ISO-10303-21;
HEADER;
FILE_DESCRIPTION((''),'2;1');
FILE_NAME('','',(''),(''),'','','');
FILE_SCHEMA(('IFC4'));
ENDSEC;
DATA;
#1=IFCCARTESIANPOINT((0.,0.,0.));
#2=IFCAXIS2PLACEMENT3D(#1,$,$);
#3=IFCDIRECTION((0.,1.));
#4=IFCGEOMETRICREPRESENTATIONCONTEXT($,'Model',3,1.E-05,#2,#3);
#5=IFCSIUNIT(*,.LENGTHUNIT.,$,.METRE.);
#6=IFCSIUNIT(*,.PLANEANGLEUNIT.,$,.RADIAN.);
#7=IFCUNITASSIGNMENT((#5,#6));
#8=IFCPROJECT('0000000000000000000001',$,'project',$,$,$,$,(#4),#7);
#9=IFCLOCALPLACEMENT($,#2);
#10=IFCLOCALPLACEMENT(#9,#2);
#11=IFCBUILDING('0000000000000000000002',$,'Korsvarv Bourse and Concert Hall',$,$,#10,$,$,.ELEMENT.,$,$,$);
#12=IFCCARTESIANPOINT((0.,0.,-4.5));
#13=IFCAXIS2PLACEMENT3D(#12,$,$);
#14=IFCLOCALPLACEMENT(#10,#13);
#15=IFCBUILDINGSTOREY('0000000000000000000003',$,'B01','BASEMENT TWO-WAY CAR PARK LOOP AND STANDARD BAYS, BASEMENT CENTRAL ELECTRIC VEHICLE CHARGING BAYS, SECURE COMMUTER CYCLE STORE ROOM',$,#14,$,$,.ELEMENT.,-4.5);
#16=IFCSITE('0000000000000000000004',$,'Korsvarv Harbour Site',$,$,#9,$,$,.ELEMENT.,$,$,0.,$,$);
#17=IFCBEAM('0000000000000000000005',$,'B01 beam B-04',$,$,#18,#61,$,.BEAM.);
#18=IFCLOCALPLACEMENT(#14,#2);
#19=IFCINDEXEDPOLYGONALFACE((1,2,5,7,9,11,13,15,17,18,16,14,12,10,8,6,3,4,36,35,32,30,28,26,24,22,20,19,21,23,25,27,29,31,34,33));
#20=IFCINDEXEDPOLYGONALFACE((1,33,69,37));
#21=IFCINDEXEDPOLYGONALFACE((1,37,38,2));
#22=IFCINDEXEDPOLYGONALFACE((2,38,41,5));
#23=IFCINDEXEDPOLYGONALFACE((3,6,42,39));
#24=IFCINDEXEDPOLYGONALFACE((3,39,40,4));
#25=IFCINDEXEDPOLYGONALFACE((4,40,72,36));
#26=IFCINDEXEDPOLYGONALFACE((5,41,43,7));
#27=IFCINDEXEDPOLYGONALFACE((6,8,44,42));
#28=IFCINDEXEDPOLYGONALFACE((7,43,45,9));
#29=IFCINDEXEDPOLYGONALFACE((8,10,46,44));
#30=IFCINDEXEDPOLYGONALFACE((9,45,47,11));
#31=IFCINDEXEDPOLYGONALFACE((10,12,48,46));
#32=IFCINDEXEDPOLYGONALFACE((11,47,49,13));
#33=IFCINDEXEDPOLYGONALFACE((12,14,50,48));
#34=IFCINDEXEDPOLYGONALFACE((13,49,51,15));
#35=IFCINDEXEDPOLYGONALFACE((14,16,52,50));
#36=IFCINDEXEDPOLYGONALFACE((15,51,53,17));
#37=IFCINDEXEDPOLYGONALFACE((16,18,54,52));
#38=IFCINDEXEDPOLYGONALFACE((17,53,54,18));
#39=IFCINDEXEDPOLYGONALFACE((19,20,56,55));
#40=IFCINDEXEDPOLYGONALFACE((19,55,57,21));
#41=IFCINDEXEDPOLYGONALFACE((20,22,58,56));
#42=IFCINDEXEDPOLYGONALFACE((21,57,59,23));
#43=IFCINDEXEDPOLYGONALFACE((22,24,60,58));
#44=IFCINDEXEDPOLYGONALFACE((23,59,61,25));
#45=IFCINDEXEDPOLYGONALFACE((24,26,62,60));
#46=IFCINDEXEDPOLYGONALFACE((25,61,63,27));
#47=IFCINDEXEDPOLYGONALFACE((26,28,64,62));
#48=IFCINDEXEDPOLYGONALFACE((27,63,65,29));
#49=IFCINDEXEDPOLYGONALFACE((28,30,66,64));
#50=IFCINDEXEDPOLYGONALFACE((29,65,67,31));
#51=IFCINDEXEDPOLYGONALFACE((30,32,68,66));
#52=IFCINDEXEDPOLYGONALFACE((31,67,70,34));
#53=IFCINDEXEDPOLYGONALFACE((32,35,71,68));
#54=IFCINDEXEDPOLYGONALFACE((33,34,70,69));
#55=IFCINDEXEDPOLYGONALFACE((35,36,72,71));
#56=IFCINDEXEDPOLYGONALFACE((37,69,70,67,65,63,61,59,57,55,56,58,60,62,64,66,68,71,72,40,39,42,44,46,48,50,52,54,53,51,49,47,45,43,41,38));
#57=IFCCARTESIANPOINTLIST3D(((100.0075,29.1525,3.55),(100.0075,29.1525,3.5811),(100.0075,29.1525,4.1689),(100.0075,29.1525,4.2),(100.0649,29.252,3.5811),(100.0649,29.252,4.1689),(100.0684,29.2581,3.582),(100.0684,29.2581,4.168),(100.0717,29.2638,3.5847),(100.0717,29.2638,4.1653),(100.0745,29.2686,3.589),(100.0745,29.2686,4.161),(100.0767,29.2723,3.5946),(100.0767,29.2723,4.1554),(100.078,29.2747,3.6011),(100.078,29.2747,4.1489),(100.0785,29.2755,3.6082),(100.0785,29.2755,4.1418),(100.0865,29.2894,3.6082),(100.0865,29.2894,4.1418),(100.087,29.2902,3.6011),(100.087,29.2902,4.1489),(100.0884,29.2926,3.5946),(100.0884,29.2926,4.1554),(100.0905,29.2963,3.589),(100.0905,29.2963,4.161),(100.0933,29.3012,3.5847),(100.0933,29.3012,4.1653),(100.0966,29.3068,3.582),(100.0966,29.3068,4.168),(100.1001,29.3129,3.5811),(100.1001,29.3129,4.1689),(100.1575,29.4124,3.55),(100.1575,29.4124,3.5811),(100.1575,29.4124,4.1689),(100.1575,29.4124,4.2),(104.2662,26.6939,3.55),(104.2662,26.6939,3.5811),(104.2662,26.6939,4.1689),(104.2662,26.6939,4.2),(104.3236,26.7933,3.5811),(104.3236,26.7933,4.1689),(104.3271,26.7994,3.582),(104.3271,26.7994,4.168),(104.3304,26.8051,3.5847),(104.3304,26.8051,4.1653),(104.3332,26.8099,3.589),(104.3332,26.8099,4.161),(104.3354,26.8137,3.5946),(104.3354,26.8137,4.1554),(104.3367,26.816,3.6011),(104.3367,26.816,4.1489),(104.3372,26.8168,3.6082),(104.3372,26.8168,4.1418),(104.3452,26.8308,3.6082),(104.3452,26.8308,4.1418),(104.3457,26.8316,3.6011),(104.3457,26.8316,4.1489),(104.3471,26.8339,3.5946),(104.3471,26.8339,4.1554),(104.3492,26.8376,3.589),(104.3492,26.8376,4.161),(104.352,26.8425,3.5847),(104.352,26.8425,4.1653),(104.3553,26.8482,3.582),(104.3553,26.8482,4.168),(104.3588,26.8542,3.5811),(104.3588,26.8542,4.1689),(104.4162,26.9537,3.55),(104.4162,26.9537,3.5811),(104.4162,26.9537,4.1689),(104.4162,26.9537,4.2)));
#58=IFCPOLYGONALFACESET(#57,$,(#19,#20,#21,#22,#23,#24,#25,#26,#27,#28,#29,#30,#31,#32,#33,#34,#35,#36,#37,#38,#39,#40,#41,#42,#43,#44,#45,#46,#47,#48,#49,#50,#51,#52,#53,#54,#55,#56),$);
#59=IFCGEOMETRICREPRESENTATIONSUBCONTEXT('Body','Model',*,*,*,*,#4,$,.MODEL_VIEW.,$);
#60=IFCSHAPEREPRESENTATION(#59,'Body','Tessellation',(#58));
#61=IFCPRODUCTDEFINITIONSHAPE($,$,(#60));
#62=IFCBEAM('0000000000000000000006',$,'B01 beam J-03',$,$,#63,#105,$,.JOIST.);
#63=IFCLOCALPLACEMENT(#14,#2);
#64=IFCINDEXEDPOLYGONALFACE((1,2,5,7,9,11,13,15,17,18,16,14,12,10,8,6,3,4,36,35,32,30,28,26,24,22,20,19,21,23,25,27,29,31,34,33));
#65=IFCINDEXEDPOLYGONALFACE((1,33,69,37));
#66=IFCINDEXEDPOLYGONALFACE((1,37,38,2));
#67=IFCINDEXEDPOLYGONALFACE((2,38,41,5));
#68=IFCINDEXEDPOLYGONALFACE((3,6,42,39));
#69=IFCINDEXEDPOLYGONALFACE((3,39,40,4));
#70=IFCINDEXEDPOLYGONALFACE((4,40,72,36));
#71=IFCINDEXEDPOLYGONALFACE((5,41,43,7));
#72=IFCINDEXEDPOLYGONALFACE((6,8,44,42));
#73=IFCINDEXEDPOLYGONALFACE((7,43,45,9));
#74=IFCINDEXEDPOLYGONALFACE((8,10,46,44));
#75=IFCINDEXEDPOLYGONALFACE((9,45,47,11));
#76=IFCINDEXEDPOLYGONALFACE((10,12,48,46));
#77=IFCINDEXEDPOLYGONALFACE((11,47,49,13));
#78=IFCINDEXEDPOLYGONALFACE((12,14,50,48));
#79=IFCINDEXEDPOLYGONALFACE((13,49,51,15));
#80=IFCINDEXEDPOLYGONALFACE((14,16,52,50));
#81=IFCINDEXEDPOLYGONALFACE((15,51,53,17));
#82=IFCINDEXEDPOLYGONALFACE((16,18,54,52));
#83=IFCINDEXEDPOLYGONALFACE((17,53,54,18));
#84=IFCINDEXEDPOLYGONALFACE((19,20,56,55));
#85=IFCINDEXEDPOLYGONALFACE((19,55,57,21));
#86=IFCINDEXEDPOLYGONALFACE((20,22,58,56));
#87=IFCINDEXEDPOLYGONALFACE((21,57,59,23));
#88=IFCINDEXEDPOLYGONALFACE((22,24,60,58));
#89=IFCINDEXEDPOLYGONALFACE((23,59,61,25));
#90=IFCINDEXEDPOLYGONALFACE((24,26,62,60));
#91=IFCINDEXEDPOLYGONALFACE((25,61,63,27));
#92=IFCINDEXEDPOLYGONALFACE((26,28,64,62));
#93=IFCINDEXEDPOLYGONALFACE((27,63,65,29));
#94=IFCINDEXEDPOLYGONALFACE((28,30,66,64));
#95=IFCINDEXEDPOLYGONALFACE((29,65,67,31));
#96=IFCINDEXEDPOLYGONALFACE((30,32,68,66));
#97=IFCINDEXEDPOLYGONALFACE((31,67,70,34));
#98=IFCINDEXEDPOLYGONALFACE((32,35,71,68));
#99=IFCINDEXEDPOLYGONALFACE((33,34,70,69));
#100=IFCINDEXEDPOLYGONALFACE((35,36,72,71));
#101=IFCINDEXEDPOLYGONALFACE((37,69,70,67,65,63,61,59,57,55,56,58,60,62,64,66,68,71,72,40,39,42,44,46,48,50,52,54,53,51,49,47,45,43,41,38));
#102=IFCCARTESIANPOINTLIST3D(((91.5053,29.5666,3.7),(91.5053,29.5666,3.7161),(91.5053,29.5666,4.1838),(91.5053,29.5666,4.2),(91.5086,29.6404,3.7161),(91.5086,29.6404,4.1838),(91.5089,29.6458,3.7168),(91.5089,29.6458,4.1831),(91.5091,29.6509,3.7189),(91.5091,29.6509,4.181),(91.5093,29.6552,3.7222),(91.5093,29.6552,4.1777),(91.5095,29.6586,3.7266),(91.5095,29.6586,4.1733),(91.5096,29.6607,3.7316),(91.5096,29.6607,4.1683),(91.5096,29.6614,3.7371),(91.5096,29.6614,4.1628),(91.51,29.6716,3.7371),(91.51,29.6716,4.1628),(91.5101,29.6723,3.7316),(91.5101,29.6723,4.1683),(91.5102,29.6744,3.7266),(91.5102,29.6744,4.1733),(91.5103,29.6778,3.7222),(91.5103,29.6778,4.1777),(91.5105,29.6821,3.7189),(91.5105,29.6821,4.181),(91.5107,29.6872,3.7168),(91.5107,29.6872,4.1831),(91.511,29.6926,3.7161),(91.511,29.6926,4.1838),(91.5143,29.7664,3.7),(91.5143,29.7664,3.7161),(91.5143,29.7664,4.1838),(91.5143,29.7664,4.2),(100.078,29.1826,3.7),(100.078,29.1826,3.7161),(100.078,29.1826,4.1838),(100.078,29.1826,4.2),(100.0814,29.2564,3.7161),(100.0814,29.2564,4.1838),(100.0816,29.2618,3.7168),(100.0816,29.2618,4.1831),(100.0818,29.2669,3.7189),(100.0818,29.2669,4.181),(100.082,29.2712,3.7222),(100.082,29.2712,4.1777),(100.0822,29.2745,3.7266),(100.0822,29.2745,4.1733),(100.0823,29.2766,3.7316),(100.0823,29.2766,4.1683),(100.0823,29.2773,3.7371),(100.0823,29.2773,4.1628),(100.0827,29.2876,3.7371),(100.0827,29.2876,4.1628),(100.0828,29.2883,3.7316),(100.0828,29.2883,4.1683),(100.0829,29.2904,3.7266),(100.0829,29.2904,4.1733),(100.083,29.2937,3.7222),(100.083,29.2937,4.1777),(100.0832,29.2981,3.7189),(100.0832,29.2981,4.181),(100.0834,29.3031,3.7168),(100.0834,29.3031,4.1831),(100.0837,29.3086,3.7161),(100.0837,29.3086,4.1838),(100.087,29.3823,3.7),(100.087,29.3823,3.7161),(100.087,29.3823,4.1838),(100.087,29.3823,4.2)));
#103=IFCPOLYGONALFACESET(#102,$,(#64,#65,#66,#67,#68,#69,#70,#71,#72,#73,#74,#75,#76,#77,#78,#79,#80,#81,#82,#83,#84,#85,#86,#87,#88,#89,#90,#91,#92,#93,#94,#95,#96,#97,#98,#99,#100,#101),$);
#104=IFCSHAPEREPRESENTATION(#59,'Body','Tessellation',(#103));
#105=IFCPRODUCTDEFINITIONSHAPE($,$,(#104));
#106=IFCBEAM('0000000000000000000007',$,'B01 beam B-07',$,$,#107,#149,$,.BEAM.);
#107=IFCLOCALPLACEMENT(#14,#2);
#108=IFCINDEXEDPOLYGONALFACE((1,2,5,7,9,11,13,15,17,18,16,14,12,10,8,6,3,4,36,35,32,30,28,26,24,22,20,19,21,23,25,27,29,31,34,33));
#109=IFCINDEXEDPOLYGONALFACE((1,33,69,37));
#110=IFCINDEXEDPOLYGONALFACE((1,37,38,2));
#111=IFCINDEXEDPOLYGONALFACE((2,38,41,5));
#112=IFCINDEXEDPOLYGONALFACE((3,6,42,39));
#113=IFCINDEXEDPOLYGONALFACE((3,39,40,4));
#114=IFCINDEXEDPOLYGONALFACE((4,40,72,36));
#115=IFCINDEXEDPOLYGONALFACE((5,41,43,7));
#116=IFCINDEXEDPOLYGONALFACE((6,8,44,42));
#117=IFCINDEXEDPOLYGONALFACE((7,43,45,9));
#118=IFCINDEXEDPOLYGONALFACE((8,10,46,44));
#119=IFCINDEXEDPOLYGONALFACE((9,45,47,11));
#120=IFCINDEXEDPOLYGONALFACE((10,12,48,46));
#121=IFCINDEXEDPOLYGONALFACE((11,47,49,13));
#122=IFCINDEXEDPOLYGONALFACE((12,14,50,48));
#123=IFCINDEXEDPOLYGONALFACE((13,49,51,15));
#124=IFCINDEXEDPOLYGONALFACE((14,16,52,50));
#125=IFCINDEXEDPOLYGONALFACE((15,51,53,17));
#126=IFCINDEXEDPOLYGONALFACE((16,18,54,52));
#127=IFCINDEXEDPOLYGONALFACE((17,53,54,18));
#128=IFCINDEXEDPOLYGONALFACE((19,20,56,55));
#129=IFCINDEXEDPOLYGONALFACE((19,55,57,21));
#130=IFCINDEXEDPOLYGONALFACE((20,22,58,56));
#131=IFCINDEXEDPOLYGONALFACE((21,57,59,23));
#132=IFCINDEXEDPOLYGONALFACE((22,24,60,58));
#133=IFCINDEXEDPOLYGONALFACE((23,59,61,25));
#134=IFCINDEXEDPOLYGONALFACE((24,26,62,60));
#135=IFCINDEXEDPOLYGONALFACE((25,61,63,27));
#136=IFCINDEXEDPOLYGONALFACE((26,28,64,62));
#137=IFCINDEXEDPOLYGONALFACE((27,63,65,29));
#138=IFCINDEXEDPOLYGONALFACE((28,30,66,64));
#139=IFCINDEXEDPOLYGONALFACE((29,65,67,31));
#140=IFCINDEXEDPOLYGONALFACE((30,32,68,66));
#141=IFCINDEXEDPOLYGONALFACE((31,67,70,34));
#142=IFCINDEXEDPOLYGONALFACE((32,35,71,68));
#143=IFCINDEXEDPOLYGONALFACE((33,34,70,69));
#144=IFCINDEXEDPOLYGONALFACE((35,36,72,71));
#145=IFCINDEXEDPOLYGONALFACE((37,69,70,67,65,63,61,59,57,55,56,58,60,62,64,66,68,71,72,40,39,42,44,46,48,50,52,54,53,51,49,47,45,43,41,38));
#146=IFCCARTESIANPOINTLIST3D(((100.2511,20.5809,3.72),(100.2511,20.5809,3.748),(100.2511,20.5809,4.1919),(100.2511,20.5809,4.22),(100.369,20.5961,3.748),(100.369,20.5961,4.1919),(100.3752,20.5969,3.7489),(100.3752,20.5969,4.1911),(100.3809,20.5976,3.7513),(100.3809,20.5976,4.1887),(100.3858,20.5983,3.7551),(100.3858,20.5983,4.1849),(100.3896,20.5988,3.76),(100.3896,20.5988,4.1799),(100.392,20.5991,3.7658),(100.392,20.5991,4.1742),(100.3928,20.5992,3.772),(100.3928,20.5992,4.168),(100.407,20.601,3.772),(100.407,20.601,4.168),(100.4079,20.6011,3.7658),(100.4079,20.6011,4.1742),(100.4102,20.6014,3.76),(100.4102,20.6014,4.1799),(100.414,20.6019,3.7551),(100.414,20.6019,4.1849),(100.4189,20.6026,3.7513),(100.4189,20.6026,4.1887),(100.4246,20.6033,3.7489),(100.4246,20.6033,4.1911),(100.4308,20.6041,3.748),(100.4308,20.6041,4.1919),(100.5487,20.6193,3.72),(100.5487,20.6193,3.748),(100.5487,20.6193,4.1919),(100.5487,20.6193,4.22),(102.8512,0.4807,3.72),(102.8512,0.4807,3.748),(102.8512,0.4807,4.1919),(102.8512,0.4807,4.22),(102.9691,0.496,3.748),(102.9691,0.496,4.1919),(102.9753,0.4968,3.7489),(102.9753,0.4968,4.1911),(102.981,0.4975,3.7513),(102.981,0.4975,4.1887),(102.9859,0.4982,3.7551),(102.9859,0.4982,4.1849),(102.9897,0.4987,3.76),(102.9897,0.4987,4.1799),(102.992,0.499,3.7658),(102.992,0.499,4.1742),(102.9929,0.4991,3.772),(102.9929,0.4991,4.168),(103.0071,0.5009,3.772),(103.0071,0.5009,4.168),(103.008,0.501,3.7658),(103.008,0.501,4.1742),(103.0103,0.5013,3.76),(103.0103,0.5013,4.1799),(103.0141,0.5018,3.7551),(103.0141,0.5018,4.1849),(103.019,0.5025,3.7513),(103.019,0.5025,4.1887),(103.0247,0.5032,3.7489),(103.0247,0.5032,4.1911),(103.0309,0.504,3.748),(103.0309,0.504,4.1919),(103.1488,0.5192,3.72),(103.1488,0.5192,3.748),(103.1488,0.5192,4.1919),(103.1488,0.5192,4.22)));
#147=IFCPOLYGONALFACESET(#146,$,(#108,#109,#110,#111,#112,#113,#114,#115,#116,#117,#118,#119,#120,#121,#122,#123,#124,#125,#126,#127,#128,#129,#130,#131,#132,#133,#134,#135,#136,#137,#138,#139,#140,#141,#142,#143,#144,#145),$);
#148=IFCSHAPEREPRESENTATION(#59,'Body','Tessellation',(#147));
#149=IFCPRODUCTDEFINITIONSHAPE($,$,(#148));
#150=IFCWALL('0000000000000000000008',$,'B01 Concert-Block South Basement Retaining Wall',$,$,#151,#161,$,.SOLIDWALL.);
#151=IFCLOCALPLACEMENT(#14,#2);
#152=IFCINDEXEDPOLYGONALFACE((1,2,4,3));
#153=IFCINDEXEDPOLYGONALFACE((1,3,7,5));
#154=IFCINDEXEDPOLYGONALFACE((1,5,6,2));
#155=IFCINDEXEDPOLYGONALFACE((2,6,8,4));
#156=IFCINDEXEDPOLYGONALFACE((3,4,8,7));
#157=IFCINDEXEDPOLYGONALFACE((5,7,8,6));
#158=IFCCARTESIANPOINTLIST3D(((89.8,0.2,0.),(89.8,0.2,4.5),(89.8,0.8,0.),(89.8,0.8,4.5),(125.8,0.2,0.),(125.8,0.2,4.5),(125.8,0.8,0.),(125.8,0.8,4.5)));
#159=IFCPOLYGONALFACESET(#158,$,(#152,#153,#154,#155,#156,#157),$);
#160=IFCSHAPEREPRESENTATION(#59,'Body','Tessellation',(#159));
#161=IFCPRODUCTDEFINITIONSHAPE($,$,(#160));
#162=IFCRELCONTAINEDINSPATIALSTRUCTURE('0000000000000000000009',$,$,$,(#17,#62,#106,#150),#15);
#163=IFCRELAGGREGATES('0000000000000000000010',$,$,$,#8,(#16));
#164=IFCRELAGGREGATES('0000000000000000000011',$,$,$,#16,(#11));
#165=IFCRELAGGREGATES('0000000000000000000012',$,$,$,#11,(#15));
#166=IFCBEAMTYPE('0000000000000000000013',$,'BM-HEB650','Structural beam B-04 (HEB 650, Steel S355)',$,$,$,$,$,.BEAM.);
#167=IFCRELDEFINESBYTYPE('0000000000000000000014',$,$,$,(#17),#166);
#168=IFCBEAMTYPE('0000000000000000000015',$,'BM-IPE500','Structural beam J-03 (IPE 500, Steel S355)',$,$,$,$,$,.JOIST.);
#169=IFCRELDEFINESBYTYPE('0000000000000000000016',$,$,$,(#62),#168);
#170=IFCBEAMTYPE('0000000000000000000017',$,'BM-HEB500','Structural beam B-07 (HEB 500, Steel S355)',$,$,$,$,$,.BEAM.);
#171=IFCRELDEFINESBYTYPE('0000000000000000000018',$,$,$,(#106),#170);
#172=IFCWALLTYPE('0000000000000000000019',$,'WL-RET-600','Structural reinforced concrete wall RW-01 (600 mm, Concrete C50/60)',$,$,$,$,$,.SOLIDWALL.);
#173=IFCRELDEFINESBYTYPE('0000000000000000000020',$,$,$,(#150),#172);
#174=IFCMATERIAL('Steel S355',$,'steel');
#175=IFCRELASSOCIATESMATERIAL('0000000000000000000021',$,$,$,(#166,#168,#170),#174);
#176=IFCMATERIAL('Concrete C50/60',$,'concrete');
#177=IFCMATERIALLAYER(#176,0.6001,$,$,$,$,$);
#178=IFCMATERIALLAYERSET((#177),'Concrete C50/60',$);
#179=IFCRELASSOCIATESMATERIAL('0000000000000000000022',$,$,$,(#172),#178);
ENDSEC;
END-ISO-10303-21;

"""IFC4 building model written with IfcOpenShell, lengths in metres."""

from ifc_helpers import new_model, si_unit, direction, frame, frame_2d, origin, origin_2d, place, context, subcontext, project, spatial, rectangle, i_section, extrude, source, transform, mapped, material, layer, layer_set, material_profile, profile_set, type_object, element, save


model = new_model("IFC4")

# Units and contexts
model_context = context("Model", 3, precision=1e-05, world=origin(), true_north=direction((0.0, 1.0)))
body_context = subcontext(model_context, "Body", "Model", "MODEL_VIEW")
ifc_project = project(units=[si_unit("LENGTHUNIT", "METRE"), si_unit("PLANEANGLEUNIT", "RADIAN")], contexts=[model_context])

# Site, building, storey
site_placement = place(None, origin())
site = spatial("IfcSite", under=ifc_project, at=site_placement, Name="Korsvarv Harbour Site", CompositionType="ELEMENT", RefElevation=0.0)
building_placement = place(site_placement, origin())
building = spatial("IfcBuilding", under=site, at=building_placement, Name="Korsvarv Bourse and Concert Hall", CompositionType="ELEMENT")
storey_placement = place(building_placement, frame((0.0, 0.0, -4.5)))
storey = spatial("IfcBuildingStorey", under=building, at=storey_placement, Name="B01", Description="BASEMENT TWO-WAY CAR PARK LOOP AND STANDARD BAYS, BASEMENT CENTRAL ELECTRIC VEHICLE CHARGING BAYS, SECURE COMMUTER CYCLE STORE ROOM", CompositionType="ELEMENT", Elevation=-4.5)

# Shared definitions
ifc_material_1 = material(Name="Concrete C50/60", Category="concrete")

# Beams
ifc_material_2 = material(Name="Steel S355", Category="steel")
ifc_material_profile_1 = material_profile(ifc_material_2, i_section(OverallWidth=0.3, OverallDepth=0.6499, WebThickness=0.0161, FlangeThickness=0.031, FilletRadius=0.0271, at=origin_2d()), Name="HEB 650")
ifc_profile_set_1 = profile_set([ifc_material_profile_1], Name="Steel S355")
beam_type_1 = type_object("IfcBeamType", Name="BM-HEB650", Description="Structural beam B-04 (HEB 650, Steel S355)", PredefinedType="BEAM", material=ifc_profile_set_1)
shared_shape_1 = source(origin(), body_context, "Body", "SweptSolid", [
    extrude(i_section(OverallWidth=0.3, OverallDepth=0.6499, WebThickness=0.0161, FlangeThickness=0.031, FilletRadius=0.0271, at=origin_2d()), origin(), (0.0, 0.0, 1.0), 4.9175),
])
beam_1_placement = place(storey_placement, frame((100.0825, 29.2825, 3.875), z_axis=(0.866032, -0.499989, 0.0), x_axis=(0.499989, 0.866032, 0.0)))
element("IfcBeam", 1, at=beam_1_placement, inside=storey, type_object=beam_type_1, Name="B01 beam B-04", PredefinedType="BEAM", context=body_context, shape_type="MappedRepresentation", body=[
    mapped(shared_shape_1, transform((0.0, 0.0, 0.0), scale=1.0)),
])
ifc_material_profile_2 = material_profile(ifc_material_2, i_section(OverallWidth=0.2, OverallDepth=0.5, WebThickness=0.0103, FlangeThickness=0.0161, FilletRadius=0.021, at=origin_2d()), Name="IPE 500")
ifc_profile_set_2 = profile_set([ifc_material_profile_2], Name="Steel S355")
beam_type_2 = type_object("IfcBeamType", Name="BM-IPE500", Description="Structural beam J-03 (IPE 500, Steel S355)", PredefinedType="JOIST", material=ifc_profile_set_2)
shared_shape_2 = source(origin(), body_context, "Body", "SweptSolid", [
    extrude(i_section(OverallWidth=0.2, OverallDepth=0.5, WebThickness=0.0103, FlangeThickness=0.0161, FilletRadius=0.021, at=origin_2d()), origin(), (0.0, 0.0, 1.0), 8.5813),
])
beam_2_placement = place(storey_placement, frame((100.0825, 29.2825, 3.95), z_axis=(-0.998998, 0.044752, 0.0), x_axis=(-0.044752, -0.998998, 0.0)))
element("IfcBeam", 2, at=beam_2_placement, inside=storey, type_object=beam_type_2, Name="B01 beam J-03", PredefinedType="JOIST", context=body_context, shape_type="MappedRepresentation", body=[
    mapped(shared_shape_2, transform((0.0, 0.0, 0.0), scale=1.0)),
])
ifc_material_profile_3 = material_profile(ifc_material_2, i_section(OverallWidth=0.3, OverallDepth=0.5, WebThickness=0.0144, FlangeThickness=0.0281, FilletRadius=0.0239, at=origin_2d()), Name="HEB 500")
ifc_profile_set_3 = profile_set([ifc_material_profile_3], Name="Steel S355")
beam_type_3 = type_object("IfcBeamType", Name="BM-HEB500", Description="Structural beam B-07 (HEB 500, Steel S355)", PredefinedType="BEAM", material=ifc_profile_set_3)
shared_shape_3 = source(origin(), body_context, "Body", "SweptSolid", [
    extrude(i_section(OverallWidth=0.3, OverallDepth=0.5, WebThickness=0.0144, FlangeThickness=0.0281, FilletRadius=0.0239, at=origin_2d()), origin(), (0.0, 0.0, 1.0), 20.2676),
])
beam_3_placement = place(storey_placement, frame((100.3999, 20.6001, 3.97), z_axis=(0.128289, -0.991737, 0.0), x_axis=(0.991737, 0.128289, 0.0)))
element("IfcBeam", 3, at=beam_3_placement, inside=storey, type_object=beam_type_3, Name="B01 beam B-07", PredefinedType="BEAM", context=body_context, shape_type="MappedRepresentation", body=[
    mapped(shared_shape_3, transform((0.0, 0.0, 0.0), scale=1.0)),
])

# Wall
ifc_layer = layer(ifc_material_1, 0.6001)
ifc_layer_set = layer_set([ifc_layer], Name="Concrete C50/60")
wall_type = type_object("IfcWallType", Name="WL-RET-600", Description="Structural reinforced concrete wall RW-01 (600 mm, Concrete C50/60)", PredefinedType="SOLIDWALL", material=ifc_layer_set)
wall_placement = place(storey_placement, frame((89.8, 0.5, 0.0), z_axis=(0.0, 0.0, 1.0), x_axis=(1.0, 0.0, 0.0)))
element("IfcWall", 4, at=wall_placement, inside=storey, type_object=wall_type, Name="B01 Concert-Block South Basement Retaining Wall", PredefinedType="SOLIDWALL", context=body_context, shape_type="SweptSolid", body=[
    extrude(rectangle(XDim=36.0, YDim=0.6001, at=frame_2d((18.0, 0.0))), origin(), (0.0, 0.0, 1.0), 4.5),
])

save(model, "model.ifc")
